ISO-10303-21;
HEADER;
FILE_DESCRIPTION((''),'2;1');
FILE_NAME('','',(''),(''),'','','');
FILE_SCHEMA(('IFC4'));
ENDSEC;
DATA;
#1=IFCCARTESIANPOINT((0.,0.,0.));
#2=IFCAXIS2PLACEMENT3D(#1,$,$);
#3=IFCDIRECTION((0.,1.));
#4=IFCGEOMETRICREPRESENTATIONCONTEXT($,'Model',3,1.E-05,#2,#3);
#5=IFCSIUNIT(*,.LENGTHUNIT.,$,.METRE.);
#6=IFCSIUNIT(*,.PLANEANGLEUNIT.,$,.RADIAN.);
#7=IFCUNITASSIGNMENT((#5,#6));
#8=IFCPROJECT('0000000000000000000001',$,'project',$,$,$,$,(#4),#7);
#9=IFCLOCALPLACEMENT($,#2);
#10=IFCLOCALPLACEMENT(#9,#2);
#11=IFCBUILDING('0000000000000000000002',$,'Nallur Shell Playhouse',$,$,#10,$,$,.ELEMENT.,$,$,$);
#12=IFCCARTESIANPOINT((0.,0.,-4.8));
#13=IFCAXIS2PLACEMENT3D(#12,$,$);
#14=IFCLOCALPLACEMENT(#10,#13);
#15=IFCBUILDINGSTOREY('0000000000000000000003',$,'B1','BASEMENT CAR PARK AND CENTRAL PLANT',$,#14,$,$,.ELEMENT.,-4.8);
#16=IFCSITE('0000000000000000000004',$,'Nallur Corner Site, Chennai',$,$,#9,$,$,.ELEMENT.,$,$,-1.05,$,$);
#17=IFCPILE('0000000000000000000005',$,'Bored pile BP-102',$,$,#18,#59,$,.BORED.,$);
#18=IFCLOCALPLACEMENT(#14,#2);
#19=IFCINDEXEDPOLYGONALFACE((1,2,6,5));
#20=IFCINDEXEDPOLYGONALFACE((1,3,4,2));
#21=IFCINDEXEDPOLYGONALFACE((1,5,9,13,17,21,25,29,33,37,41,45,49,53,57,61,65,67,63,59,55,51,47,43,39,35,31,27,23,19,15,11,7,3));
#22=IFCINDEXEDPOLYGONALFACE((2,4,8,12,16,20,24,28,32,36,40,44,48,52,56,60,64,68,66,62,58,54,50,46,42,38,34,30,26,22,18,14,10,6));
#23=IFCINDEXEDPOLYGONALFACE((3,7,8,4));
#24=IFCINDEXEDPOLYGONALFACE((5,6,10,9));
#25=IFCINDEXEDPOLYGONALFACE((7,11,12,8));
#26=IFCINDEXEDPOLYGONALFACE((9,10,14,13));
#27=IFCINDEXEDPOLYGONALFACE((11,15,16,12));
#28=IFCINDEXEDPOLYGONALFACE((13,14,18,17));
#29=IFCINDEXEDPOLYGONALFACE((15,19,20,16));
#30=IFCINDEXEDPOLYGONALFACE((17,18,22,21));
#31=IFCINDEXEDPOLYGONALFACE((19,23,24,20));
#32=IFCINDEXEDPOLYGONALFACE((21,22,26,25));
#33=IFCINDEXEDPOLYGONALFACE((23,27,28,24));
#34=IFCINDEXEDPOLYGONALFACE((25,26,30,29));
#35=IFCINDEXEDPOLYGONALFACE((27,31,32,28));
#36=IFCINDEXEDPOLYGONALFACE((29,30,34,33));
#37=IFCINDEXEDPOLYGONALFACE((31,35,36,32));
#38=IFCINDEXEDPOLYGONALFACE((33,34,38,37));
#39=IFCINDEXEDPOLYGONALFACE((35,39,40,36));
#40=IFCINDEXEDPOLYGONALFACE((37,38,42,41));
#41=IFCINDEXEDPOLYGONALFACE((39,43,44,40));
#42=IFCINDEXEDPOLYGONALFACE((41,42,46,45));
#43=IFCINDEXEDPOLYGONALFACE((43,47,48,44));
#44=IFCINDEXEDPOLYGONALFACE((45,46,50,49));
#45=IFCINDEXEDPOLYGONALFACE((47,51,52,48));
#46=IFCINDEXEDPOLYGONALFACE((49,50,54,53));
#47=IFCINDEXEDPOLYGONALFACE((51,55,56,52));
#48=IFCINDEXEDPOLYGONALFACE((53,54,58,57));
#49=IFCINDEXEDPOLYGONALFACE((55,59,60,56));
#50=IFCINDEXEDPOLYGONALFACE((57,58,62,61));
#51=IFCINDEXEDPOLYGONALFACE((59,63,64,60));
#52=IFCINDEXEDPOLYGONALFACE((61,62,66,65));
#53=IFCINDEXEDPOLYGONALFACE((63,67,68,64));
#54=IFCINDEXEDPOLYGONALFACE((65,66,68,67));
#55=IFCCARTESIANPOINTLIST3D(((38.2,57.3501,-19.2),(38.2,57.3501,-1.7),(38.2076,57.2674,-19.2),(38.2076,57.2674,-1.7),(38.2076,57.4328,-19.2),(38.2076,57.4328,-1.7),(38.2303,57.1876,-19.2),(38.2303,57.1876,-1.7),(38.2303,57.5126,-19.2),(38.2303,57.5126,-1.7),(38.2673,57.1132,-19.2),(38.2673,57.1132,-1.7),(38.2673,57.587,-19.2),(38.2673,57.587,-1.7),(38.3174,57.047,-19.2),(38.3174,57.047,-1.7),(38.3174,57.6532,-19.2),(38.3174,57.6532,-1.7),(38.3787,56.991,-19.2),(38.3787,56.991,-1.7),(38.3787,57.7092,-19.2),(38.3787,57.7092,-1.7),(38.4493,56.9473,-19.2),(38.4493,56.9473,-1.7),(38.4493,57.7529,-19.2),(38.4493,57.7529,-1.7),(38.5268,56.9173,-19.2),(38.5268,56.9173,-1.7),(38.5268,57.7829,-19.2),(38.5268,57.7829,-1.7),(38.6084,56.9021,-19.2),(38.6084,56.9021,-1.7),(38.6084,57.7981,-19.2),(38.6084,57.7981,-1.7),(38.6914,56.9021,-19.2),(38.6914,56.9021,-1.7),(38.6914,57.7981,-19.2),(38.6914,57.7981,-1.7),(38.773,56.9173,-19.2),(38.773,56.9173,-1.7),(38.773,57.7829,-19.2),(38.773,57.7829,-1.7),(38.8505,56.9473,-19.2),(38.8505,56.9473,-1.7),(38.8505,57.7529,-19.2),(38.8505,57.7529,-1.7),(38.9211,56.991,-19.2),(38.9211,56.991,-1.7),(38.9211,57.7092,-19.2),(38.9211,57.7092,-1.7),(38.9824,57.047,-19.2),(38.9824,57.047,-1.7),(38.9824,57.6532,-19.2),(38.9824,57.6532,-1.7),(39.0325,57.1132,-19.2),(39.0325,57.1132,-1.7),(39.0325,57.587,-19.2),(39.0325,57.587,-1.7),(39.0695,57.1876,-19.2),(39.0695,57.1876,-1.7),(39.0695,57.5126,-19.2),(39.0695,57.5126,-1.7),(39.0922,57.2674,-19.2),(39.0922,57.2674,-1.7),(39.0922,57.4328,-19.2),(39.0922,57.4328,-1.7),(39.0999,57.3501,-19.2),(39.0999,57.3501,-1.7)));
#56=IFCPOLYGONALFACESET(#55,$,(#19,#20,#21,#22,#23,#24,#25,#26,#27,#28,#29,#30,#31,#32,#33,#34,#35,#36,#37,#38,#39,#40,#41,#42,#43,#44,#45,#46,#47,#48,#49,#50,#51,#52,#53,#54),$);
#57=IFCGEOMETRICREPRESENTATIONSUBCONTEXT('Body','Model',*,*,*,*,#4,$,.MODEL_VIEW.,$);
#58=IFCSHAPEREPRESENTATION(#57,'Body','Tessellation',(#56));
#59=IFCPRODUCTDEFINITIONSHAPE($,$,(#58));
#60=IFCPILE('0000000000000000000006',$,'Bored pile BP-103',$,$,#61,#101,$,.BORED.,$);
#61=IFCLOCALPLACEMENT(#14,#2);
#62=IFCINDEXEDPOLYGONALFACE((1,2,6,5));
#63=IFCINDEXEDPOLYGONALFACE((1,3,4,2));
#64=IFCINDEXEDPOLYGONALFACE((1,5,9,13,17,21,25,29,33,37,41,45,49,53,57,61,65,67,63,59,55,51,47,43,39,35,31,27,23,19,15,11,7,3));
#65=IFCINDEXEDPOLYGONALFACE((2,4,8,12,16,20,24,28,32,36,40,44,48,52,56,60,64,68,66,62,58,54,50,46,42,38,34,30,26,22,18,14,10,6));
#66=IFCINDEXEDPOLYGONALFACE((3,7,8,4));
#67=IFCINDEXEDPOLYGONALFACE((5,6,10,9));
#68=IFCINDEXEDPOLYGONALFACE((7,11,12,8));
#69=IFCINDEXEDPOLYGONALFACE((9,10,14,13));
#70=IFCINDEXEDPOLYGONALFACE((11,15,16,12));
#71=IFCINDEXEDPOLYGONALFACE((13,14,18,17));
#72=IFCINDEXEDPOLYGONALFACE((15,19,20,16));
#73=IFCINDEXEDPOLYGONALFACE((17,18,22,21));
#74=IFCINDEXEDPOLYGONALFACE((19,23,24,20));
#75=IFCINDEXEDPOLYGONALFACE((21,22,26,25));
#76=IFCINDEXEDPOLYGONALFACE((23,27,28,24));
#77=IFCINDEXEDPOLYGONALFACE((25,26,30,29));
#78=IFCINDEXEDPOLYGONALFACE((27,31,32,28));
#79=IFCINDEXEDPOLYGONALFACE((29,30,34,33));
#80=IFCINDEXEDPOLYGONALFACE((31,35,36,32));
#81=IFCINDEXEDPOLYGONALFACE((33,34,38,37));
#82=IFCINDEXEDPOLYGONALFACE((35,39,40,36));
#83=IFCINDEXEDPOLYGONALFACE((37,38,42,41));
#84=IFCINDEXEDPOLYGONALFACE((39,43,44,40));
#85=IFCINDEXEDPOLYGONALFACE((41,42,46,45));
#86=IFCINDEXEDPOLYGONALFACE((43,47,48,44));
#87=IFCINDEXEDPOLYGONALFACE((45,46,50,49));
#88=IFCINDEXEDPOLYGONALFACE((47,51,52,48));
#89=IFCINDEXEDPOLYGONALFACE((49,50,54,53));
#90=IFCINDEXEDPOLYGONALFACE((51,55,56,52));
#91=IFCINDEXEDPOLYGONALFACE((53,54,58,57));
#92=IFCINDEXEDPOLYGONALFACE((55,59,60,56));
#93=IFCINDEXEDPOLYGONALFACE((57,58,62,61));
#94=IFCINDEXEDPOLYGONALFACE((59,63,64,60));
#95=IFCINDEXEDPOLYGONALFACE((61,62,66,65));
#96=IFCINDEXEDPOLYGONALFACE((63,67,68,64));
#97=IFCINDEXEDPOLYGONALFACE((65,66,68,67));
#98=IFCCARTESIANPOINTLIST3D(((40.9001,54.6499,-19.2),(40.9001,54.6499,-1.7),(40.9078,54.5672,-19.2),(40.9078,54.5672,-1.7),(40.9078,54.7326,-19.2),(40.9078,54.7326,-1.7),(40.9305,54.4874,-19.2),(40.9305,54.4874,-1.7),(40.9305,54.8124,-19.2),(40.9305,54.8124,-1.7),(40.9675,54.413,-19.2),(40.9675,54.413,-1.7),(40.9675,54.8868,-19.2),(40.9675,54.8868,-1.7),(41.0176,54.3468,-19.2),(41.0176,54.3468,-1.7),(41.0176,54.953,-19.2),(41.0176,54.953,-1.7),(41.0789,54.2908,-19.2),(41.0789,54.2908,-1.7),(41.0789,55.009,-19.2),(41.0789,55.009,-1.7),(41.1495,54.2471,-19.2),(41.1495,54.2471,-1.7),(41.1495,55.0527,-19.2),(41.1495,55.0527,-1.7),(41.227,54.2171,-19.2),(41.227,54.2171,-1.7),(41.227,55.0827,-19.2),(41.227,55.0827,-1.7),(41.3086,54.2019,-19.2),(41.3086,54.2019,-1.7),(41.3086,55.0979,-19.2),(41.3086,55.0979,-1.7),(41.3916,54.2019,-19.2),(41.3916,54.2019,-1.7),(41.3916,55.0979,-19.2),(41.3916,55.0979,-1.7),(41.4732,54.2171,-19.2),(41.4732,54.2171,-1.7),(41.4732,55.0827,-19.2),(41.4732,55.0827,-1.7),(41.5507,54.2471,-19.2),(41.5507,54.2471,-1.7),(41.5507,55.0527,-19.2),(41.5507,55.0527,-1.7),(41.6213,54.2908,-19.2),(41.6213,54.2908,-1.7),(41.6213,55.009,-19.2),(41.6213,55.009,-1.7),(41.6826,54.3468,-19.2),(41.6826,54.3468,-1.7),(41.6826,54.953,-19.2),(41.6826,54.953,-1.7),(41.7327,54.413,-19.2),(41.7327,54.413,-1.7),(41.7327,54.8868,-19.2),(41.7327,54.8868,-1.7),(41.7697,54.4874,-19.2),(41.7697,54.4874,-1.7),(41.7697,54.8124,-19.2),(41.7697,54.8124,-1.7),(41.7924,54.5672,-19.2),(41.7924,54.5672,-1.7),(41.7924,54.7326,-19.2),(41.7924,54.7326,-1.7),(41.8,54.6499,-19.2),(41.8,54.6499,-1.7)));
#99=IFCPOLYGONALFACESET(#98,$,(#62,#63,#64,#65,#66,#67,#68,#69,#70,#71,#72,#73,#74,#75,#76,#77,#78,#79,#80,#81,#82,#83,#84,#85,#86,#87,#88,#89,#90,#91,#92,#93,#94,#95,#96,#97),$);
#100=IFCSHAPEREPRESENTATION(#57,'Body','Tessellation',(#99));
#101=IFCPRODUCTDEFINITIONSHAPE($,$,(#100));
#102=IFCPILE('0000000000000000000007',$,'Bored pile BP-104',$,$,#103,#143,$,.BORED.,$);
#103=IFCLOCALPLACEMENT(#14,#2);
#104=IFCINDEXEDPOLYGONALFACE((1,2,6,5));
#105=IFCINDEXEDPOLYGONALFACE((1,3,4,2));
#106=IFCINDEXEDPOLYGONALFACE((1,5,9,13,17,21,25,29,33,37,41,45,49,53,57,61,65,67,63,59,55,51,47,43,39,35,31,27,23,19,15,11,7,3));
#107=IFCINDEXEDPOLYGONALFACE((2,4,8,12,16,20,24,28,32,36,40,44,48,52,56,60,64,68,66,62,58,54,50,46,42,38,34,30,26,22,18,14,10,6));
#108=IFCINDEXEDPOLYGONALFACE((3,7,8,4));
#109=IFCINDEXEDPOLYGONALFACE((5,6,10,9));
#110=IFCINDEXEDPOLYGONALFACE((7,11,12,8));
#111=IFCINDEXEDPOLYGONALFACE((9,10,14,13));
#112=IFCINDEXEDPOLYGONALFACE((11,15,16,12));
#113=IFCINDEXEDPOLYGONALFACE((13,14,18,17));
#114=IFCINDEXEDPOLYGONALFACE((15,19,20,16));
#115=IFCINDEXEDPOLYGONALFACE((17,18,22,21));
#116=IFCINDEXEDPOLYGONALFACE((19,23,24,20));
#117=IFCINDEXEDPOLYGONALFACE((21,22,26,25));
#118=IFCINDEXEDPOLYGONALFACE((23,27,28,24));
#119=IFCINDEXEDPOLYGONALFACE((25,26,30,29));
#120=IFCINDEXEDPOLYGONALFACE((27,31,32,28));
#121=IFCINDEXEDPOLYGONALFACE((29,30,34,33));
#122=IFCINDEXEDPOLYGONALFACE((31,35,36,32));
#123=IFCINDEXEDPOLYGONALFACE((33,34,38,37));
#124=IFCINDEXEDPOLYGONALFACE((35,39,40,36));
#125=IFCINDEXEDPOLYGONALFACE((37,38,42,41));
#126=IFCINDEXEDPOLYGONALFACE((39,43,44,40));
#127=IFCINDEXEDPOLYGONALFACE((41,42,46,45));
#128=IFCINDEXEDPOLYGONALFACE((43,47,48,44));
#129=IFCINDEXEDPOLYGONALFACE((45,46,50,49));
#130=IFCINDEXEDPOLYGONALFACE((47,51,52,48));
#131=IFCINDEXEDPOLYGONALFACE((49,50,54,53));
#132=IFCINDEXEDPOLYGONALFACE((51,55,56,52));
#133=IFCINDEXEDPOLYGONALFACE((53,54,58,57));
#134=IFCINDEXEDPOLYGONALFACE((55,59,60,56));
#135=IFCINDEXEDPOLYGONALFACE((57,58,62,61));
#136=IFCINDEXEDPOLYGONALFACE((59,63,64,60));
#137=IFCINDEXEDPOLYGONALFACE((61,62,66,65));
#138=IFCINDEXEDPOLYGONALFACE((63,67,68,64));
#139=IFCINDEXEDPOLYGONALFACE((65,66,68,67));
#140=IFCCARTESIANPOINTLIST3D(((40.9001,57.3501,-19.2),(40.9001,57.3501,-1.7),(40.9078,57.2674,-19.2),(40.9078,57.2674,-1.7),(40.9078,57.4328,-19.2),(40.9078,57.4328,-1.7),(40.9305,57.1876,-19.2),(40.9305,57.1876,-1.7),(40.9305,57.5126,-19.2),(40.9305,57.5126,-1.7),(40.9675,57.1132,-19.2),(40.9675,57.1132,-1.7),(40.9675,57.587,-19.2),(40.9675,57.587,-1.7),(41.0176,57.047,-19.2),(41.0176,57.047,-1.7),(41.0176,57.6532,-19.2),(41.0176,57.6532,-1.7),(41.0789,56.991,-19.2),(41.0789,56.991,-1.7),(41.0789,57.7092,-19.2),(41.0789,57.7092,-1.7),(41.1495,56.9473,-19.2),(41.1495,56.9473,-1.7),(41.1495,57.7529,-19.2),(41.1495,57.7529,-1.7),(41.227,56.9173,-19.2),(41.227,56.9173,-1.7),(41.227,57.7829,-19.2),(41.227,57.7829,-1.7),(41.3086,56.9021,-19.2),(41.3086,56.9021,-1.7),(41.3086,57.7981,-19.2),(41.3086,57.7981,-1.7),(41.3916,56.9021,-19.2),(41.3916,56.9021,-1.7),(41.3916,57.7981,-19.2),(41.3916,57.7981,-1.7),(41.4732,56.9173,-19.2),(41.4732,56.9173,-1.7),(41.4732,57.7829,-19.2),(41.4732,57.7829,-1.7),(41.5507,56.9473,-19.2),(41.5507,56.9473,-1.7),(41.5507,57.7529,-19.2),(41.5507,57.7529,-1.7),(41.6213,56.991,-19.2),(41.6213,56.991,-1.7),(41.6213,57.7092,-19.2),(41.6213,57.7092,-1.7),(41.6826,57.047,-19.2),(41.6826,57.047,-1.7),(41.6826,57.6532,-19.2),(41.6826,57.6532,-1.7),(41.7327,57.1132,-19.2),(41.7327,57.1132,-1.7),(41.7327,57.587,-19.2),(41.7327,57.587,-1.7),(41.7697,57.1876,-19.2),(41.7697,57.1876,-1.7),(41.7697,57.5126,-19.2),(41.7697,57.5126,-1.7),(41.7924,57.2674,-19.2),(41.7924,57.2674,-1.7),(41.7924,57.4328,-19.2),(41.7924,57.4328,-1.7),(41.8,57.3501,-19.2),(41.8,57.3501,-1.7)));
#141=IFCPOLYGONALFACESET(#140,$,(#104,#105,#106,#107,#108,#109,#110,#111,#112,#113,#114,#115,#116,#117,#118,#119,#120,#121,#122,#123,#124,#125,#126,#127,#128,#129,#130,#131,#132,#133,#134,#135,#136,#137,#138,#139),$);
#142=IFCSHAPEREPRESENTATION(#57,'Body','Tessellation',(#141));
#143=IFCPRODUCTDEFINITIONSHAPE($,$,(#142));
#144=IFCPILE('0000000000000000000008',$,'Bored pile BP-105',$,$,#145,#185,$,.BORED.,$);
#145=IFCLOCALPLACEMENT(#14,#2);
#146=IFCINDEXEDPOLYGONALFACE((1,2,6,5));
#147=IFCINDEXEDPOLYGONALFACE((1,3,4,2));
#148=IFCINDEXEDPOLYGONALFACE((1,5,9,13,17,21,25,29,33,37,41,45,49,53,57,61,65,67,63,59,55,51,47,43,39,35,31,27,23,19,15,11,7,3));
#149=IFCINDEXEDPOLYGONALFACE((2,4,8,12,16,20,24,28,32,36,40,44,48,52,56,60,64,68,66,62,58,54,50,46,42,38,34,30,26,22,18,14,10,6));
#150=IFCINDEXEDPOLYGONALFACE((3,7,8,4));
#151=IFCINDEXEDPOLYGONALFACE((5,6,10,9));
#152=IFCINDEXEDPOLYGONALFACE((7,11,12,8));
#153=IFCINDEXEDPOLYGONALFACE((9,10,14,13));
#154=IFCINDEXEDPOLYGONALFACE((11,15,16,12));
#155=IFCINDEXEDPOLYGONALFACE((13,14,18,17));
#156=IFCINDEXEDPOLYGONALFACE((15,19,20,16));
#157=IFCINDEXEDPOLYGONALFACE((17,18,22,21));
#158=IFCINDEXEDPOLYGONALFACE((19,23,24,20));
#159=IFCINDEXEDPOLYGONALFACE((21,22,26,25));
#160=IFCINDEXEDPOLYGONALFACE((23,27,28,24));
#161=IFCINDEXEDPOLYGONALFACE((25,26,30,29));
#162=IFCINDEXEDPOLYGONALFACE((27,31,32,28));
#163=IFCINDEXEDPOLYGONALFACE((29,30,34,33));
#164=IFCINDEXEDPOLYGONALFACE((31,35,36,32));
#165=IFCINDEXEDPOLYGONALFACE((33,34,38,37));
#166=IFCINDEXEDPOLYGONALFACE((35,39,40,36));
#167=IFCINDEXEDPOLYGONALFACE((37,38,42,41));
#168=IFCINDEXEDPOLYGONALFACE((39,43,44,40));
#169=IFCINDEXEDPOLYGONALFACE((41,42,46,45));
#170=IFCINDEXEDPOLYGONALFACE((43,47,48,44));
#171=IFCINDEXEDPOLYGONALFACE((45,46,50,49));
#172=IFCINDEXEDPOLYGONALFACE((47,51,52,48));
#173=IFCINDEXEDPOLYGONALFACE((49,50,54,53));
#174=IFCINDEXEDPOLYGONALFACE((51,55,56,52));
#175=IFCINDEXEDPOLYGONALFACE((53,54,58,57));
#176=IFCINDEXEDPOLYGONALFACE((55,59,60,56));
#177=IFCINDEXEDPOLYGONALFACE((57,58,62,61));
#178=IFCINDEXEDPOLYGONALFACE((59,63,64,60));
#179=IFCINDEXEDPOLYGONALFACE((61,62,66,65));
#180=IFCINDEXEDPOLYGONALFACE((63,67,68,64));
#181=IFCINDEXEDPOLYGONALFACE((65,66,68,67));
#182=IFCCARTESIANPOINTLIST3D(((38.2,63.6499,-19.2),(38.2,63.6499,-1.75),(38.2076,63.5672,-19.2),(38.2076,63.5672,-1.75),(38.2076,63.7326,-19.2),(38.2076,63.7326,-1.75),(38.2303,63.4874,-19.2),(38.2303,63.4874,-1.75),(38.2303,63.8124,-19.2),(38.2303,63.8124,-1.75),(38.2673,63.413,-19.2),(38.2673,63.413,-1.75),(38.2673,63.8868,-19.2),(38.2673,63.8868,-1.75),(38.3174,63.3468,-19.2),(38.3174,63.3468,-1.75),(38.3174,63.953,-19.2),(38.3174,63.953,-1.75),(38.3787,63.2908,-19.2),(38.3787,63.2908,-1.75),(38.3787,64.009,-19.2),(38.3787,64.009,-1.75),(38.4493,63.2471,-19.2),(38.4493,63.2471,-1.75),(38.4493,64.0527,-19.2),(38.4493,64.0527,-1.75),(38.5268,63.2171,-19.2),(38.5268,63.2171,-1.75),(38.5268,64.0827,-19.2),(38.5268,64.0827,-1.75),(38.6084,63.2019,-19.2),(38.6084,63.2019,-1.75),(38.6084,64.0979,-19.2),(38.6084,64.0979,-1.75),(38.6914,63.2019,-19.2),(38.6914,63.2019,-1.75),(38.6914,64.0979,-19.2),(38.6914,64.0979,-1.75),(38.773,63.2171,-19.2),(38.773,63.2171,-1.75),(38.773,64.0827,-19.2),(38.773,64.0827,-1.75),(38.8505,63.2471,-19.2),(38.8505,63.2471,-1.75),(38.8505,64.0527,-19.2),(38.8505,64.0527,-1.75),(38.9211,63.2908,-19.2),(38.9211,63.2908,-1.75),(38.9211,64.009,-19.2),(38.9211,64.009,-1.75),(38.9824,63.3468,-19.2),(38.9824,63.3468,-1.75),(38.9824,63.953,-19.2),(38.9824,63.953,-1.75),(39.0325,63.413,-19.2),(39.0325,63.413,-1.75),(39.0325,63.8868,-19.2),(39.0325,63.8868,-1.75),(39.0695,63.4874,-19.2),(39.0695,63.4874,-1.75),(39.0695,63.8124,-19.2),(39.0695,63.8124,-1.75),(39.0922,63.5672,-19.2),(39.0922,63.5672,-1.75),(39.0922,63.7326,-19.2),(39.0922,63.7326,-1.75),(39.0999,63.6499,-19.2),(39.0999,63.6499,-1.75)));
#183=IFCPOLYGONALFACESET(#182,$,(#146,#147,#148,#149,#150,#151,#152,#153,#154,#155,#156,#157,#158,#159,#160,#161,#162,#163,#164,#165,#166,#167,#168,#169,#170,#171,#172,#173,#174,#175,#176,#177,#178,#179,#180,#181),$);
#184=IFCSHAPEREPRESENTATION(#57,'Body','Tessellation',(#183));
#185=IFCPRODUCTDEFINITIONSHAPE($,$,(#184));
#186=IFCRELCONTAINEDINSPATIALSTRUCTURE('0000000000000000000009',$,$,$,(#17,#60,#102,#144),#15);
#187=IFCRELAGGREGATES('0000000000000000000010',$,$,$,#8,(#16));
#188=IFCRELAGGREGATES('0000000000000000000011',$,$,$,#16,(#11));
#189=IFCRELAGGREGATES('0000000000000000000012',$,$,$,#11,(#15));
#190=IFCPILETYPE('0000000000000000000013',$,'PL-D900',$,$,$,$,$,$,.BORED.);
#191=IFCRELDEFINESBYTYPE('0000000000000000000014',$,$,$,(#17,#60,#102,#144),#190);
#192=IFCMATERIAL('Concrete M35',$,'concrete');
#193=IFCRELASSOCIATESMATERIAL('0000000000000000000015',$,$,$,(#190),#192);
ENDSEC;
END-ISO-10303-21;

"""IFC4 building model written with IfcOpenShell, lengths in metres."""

from ifc_helpers import new_model, si_unit, direction, frame, origin, origin_2d, place, context, subcontext, project, spatial, circle, extrude, material, material_profile, profile_set, type_object, element, save


model = new_model("IFC4")

# Units and contexts
model_context = context("Model", 3, precision=1e-05, world=origin(), true_north=direction((0.0, 1.0)))
body_context = subcontext(model_context, "Body", "Model", "MODEL_VIEW")
ifc_project = project(units=[si_unit("LENGTHUNIT", "METRE"), si_unit("PLANEANGLEUNIT", "RADIAN")], contexts=[model_context])

# Site, building, storey
site_placement = place(None, origin())
site = spatial("IfcSite", under=ifc_project, at=site_placement, Name="Nallur Corner Site, Chennai", CompositionType="ELEMENT", RefElevation=-1.05)
building_placement = place(site_placement, origin())
building = spatial("IfcBuilding", under=site, at=building_placement, Name="Nallur Shell Playhouse", CompositionType="ELEMENT")
storey_placement = place(building_placement, frame((0.0, 0.0, -4.8)))
storey = spatial("IfcBuildingStorey", under=building, at=storey_placement, Name="B1", Description="BASEMENT CAR PARK AND CENTRAL PLANT", CompositionType="ELEMENT", Elevation=-4.8)

# Shared definitions
ifc_material_1 = material(Name="Concrete M35", Category="concrete")

# Piles
ifc_material_profile_1 = material_profile(ifc_material_1, circle(Radius=0.45, at=origin_2d()), Name="BORED PILE D900")
ifc_profile_set_1 = profile_set([ifc_material_profile_1], Name="Concrete M35")
pile_type_1 = type_object("IfcPileType", Name="PL-D900", PredefinedType="BORED", material=ifc_profile_set_1)
for number, where, z_axis, x_axis, name in (
    (1, (38.6499, 57.3501, -1.7), (0.0, 0.0, -1.0), (1.0, 0.0, 0.0), "Bored pile BP-102"),
    (2, (41.3501, 54.6499, -1.7), (0.0, 0.0, -1.0), (1.0, 0.0, 0.0), "Bored pile BP-103"),
    (3, (41.3501, 57.3501, -1.7), (0.0, 0.0, -1.0), (1.0, 0.0, 0.0), "Bored pile BP-104"),
):
    element("IfcPile", number, at=place(storey_placement, frame(where, z_axis=z_axis, x_axis=x_axis)), inside=storey, type_object=pile_type_1, Name=name, PredefinedType="BORED", context=body_context, shape_type="SweptSolid", body=[
        extrude(circle(Radius=0.45, at=origin_2d()), origin(), (0.0, 0.0, 1.0), 17.5),
    ])
for number, where, z_axis, x_axis, name in (
    (4, (38.6499, 63.6499, -1.75), (0.0, 0.0, -1.0), (1.0, 0.0, 0.0), "Bored pile BP-105"),
):
    element("IfcPile", number, at=place(storey_placement, frame(where, z_axis=z_axis, x_axis=x_axis)), inside=storey, type_object=pile_type_1, Name=name, PredefinedType="BORED", context=body_context, shape_type="SweptSolid", body=[
        extrude(circle(Radius=0.45, at=origin_2d()), origin(), (0.0, 0.0, 1.0), 17.45),
    ])

save(model, "model.ifc")
